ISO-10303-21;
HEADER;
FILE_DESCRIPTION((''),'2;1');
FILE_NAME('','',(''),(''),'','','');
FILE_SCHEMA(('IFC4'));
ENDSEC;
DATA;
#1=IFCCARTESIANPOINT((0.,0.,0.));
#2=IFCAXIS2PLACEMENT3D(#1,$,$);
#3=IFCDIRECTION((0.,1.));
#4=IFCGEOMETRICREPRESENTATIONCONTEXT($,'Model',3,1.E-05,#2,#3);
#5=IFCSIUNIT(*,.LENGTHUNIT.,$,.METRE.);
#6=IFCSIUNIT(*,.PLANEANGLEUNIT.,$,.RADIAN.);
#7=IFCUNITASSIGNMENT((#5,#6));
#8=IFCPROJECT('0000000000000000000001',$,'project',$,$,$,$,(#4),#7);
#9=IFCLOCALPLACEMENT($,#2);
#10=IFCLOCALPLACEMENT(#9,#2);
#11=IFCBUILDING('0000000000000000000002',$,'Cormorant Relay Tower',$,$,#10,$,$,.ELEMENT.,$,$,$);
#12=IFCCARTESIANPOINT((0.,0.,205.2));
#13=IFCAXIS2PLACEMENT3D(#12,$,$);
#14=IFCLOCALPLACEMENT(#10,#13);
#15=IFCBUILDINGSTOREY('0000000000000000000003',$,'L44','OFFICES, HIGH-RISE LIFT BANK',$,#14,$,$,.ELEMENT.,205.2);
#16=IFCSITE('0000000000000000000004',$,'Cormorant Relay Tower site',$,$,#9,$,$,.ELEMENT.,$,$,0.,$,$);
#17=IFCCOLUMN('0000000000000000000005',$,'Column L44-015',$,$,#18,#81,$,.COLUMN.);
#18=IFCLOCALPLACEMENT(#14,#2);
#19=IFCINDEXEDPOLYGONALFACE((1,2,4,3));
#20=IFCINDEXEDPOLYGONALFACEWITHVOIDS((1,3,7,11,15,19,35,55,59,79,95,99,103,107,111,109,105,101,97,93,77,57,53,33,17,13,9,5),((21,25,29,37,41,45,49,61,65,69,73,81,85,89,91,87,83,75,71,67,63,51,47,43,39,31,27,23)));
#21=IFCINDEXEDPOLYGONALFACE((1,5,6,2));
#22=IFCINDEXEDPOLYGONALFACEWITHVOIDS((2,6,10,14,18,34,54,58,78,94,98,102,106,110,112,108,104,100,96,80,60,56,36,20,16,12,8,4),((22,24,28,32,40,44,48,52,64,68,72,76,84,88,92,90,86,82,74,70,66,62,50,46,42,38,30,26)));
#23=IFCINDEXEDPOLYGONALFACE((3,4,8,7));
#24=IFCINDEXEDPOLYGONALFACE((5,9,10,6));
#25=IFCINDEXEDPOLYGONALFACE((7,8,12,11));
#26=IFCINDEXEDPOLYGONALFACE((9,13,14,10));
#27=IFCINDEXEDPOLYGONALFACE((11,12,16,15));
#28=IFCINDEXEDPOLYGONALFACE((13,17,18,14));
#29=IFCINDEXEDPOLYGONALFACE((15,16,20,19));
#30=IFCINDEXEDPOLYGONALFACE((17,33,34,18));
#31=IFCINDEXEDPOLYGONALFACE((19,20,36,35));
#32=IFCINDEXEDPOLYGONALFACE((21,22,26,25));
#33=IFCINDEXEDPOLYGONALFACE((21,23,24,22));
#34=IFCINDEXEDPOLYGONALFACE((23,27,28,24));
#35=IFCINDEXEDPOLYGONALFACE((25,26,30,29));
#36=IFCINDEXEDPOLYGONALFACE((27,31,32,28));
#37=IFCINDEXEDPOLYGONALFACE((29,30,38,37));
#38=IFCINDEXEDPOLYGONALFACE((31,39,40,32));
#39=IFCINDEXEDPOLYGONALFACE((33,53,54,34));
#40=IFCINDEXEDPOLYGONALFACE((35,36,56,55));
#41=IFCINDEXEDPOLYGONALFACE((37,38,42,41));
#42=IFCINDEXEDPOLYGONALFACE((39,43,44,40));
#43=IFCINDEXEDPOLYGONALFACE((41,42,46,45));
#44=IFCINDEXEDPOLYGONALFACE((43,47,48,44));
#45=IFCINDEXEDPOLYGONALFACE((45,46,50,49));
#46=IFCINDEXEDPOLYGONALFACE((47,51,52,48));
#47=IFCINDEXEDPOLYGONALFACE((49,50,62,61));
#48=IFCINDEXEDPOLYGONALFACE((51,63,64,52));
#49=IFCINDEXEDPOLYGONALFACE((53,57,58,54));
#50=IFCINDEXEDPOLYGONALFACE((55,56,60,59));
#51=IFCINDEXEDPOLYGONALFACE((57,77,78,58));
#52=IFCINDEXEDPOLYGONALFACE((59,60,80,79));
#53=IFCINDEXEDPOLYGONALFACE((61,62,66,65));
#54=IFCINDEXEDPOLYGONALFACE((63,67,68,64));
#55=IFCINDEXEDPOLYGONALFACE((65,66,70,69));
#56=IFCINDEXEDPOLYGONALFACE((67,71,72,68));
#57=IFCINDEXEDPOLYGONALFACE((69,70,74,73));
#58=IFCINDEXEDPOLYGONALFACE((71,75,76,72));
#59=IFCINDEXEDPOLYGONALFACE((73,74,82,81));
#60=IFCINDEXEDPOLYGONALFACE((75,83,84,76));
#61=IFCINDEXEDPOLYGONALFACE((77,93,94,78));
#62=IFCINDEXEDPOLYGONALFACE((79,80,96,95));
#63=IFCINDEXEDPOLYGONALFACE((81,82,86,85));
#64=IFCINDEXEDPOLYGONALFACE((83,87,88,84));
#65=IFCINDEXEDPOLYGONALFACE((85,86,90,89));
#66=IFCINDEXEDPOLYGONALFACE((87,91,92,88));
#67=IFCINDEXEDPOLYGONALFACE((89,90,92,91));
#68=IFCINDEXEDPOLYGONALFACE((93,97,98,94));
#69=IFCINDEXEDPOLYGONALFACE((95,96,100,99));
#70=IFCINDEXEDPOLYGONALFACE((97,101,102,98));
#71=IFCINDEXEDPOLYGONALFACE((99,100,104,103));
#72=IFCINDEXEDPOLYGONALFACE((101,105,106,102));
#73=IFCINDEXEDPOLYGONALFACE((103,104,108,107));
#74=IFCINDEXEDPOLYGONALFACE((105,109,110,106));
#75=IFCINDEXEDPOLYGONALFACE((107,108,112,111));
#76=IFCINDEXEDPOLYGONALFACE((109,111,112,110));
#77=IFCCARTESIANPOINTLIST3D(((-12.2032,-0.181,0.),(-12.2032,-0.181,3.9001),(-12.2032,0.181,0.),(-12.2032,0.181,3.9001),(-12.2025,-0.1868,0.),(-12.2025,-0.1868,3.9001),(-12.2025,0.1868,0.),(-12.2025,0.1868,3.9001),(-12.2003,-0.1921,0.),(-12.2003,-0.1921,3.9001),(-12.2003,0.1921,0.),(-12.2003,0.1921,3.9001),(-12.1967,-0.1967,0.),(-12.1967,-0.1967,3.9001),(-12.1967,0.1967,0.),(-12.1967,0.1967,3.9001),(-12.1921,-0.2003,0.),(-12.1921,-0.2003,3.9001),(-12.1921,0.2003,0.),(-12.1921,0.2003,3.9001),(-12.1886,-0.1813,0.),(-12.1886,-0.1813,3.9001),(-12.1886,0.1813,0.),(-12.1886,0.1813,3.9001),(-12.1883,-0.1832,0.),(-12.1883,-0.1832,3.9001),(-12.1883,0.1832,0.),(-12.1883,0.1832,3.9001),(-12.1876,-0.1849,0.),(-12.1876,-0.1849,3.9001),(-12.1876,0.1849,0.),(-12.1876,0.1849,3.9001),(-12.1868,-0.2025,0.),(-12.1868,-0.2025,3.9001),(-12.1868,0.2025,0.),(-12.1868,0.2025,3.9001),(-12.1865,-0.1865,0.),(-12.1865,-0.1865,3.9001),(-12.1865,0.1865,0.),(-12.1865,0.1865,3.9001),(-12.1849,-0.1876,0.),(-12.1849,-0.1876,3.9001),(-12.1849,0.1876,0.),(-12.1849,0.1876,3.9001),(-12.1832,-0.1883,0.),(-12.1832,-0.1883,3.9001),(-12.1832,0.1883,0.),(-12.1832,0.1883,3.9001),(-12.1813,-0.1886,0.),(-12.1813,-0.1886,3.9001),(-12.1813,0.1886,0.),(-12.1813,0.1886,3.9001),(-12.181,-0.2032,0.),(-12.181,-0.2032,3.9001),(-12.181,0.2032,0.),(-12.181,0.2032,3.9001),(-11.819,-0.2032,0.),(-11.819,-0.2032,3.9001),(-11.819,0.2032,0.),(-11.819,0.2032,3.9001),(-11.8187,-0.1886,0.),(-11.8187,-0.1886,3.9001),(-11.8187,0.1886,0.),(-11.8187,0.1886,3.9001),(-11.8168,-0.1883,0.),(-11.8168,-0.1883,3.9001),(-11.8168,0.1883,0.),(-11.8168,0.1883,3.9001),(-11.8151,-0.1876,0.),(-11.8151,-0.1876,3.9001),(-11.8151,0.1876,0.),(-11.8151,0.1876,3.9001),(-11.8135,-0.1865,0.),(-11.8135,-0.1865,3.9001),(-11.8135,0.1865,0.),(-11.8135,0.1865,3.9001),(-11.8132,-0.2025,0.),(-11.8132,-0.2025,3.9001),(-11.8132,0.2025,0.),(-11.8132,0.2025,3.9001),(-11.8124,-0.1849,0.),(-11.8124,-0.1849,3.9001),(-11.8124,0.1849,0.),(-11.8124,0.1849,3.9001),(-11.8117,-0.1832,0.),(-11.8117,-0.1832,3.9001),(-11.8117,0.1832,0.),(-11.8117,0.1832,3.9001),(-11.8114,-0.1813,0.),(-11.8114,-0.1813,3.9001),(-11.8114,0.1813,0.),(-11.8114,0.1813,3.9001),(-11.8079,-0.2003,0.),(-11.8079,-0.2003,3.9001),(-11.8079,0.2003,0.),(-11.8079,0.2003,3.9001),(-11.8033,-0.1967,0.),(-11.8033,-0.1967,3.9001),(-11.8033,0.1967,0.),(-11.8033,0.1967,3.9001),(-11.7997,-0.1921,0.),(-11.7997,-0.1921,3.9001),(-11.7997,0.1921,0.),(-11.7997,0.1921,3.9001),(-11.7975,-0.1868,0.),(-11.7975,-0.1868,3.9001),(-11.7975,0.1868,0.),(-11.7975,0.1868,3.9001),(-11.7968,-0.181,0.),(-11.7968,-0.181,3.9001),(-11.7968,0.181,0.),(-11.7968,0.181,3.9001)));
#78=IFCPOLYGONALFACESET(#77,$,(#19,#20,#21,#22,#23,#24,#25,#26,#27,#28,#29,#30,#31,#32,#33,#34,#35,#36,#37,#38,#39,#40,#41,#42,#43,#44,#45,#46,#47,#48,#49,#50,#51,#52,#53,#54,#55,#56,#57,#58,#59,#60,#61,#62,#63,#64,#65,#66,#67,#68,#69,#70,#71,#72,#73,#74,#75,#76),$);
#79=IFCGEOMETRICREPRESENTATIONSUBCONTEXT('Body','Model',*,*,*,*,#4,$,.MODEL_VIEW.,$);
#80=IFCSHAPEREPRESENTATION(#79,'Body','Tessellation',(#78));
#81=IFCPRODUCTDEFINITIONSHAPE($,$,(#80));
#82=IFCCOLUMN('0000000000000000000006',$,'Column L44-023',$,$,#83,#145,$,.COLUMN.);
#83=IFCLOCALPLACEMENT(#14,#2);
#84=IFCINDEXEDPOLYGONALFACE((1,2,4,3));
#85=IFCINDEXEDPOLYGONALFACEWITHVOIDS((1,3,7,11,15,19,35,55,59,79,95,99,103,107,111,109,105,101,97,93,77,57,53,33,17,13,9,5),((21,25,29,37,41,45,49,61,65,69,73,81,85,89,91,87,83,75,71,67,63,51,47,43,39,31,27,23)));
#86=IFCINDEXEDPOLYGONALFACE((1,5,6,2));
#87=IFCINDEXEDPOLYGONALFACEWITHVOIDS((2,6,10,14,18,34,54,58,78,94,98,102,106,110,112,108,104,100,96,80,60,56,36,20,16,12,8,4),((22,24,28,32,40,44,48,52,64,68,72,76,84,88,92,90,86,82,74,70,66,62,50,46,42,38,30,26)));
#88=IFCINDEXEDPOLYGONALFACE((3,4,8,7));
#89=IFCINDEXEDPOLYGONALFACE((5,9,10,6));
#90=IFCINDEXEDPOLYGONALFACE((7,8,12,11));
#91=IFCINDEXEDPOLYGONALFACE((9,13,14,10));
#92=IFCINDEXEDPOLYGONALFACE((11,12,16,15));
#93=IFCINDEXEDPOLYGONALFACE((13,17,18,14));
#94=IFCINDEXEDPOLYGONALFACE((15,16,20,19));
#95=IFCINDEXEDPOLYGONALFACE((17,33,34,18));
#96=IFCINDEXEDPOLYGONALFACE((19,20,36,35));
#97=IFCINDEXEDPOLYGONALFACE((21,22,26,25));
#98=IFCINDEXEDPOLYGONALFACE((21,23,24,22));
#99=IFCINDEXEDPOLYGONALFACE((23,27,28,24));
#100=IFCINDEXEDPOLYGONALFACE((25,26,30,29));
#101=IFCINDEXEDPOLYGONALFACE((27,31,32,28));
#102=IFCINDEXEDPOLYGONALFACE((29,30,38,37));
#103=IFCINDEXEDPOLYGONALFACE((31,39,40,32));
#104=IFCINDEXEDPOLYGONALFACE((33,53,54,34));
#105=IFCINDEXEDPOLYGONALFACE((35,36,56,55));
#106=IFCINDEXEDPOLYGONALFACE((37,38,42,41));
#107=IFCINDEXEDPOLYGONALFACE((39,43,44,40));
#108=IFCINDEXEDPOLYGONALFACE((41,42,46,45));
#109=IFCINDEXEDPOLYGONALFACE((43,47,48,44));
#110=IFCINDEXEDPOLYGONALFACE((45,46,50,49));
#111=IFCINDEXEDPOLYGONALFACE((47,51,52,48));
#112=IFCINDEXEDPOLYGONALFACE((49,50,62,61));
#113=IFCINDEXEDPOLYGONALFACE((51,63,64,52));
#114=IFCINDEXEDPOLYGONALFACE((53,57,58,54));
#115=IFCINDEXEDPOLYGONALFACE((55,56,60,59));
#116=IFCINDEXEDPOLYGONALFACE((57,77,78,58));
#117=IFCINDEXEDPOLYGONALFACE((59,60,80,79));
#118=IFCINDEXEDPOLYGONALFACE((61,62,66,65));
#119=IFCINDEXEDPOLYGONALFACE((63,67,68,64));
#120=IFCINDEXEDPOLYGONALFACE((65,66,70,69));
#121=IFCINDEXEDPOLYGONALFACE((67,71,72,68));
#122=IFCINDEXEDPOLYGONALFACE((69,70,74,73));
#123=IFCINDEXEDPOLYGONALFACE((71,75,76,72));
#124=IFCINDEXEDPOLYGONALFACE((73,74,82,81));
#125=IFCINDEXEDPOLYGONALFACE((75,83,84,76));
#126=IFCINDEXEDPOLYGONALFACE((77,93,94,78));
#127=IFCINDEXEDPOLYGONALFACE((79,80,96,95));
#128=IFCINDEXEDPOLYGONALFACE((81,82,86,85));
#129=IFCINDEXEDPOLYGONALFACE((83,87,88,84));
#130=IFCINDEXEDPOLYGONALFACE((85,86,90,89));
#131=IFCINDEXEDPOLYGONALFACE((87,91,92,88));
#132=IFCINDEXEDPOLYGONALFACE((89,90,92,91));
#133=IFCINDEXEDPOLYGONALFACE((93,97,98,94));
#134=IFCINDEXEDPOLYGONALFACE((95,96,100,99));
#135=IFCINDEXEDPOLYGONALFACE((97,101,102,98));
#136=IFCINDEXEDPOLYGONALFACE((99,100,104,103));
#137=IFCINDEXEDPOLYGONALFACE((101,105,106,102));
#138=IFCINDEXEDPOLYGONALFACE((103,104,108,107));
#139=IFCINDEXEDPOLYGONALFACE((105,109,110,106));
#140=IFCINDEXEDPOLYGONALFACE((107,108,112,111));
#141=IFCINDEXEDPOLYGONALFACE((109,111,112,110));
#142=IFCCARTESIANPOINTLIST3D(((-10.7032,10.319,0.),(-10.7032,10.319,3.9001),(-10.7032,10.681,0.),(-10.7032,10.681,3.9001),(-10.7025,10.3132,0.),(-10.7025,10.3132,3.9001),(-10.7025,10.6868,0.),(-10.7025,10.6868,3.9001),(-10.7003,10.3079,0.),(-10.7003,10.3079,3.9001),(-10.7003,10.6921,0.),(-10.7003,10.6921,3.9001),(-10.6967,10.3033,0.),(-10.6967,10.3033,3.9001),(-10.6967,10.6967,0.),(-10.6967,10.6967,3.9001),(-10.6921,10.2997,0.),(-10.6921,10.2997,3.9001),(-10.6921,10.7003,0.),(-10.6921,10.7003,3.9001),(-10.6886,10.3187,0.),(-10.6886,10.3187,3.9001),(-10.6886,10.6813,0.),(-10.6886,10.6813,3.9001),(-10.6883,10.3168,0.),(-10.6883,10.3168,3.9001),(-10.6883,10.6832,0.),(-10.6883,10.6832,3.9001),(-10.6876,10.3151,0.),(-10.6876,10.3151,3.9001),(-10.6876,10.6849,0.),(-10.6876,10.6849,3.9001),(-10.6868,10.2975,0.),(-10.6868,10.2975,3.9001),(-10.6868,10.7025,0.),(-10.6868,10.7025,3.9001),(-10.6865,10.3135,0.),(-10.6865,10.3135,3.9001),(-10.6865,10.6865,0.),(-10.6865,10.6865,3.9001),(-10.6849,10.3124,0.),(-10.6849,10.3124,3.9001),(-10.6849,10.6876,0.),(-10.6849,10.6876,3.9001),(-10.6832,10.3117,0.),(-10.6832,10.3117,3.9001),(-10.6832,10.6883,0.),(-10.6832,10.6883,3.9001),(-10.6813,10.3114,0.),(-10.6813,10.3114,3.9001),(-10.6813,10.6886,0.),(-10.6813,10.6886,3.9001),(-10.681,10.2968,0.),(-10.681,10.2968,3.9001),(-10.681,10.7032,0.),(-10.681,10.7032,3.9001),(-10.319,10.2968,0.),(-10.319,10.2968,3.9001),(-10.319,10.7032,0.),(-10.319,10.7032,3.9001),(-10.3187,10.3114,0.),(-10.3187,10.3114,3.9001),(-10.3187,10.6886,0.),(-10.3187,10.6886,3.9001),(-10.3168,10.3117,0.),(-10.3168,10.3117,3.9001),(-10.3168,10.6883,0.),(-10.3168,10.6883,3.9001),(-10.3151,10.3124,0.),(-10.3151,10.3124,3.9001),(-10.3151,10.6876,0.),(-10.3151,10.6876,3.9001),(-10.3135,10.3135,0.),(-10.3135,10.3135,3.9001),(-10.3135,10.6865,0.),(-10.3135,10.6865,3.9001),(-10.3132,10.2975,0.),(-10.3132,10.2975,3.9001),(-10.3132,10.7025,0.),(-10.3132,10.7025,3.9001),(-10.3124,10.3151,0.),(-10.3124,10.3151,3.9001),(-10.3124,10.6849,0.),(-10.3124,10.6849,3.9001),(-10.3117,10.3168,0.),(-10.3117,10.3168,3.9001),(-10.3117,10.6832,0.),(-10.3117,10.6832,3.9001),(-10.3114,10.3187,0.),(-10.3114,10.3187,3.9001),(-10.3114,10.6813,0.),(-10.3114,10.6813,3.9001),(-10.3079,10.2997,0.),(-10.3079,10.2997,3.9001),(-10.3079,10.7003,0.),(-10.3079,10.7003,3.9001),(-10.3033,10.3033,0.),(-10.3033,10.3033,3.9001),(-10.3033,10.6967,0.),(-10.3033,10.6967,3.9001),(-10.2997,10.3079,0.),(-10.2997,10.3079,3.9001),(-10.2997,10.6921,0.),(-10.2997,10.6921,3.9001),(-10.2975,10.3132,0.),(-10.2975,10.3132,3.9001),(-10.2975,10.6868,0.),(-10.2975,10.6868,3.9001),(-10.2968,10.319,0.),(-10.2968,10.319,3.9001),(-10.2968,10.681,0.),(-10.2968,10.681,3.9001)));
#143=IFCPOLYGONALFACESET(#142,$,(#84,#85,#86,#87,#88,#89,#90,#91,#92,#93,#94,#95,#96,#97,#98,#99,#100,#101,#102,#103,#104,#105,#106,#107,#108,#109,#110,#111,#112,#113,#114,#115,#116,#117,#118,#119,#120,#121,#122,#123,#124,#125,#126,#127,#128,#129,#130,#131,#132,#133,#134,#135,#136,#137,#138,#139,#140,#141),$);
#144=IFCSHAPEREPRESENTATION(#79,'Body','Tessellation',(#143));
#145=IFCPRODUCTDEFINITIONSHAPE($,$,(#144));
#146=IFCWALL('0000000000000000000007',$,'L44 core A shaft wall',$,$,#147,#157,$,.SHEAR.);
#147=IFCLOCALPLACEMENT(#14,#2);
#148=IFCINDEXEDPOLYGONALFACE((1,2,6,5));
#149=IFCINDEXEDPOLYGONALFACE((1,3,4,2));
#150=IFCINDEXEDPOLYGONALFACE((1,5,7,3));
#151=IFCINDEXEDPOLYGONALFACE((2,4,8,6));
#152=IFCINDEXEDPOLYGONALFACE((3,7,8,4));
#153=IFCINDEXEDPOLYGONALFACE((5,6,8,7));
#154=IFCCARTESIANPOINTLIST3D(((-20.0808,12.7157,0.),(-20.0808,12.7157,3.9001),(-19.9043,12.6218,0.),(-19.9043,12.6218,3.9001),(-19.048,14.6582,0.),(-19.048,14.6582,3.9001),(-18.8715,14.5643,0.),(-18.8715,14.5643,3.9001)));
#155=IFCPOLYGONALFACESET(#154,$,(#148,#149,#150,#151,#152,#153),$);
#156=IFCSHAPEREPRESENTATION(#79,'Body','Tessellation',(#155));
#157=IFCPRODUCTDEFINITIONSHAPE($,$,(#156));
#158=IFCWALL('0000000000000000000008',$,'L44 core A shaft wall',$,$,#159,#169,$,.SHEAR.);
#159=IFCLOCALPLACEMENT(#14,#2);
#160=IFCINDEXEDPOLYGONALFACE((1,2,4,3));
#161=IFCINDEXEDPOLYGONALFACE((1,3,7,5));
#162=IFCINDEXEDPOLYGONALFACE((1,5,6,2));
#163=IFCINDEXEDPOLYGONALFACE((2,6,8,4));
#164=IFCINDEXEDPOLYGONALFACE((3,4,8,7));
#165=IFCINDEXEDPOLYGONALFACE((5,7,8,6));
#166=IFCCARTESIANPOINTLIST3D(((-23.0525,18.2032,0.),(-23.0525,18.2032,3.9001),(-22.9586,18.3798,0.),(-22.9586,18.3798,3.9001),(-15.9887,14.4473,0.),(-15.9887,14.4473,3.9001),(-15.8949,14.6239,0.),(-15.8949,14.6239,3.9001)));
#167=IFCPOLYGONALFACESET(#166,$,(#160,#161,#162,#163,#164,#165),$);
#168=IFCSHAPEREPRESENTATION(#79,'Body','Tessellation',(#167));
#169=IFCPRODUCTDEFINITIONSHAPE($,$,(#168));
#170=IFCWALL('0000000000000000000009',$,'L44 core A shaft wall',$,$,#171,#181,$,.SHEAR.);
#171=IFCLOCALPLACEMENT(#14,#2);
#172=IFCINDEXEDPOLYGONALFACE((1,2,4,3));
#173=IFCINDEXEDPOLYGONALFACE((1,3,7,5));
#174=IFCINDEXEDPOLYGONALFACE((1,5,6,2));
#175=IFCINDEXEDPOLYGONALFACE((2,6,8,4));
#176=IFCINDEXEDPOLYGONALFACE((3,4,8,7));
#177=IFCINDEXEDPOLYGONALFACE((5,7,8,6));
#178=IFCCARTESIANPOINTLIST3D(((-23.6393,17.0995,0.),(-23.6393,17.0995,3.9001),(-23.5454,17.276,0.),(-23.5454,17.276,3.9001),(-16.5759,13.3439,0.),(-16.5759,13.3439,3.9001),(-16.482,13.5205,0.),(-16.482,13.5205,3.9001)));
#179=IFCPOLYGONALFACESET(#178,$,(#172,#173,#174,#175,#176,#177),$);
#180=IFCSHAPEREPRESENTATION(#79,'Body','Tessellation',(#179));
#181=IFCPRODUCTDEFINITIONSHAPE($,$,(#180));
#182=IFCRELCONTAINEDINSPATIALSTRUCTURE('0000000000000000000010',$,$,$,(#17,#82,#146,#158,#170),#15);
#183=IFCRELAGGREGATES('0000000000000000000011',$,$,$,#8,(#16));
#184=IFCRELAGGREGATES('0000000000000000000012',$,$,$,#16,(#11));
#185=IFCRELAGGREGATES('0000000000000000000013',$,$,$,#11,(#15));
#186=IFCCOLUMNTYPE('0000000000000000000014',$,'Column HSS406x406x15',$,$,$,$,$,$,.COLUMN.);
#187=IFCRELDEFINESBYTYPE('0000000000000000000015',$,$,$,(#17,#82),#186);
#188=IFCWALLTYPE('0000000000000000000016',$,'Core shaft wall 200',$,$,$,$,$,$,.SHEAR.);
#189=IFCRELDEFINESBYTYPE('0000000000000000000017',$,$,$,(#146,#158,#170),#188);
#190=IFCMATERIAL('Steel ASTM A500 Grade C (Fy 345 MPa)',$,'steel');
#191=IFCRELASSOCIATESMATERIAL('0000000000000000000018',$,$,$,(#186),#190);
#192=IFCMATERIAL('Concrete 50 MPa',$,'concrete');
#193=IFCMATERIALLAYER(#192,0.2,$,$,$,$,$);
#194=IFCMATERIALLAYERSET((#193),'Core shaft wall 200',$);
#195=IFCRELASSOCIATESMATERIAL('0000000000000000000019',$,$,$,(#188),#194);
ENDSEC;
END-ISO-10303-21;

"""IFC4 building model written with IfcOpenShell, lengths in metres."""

from ifc_helpers import new_model, si_unit, direction, frame, frame_2d, origin, origin_2d, place, context, subcontext, project, spatial, rectangle, hollow_rectangle, extrude, material, layer, layer_set, material_profile, profile_set, type_object, element, save


model = new_model("IFC4")

# Units and contexts
model_context = context("Model", 3, precision=1e-05, world=origin(), true_north=direction((0.0, 1.0)))
body_context = subcontext(model_context, "Body", "Model", "MODEL_VIEW")
ifc_project = project(units=[si_unit("LENGTHUNIT", "METRE"), si_unit("PLANEANGLEUNIT", "RADIAN")], contexts=[model_context])

# Site, building, storey
site_placement = place(None, origin())
site = spatial("IfcSite", under=ifc_project, at=site_placement, Name="Cormorant Relay Tower site", CompositionType="ELEMENT", RefElevation=0.0)
building_placement = place(site_placement, origin())
building = spatial("IfcBuilding", under=site, at=building_placement, Name="Cormorant Relay Tower", CompositionType="ELEMENT")
storey_placement = place(building_placement, frame((0.0, 0.0, 205.2)))
storey = spatial("IfcBuildingStorey", under=building, at=storey_placement, Name="L44", Description="OFFICES, HIGH-RISE LIFT BANK", CompositionType="ELEMENT", Elevation=205.2)

# Columns
ifc_material_1 = material(Name="Steel ASTM A500 Grade C (Fy 345 MPa)", Category="steel")
ifc_material_profile = material_profile(ifc_material_1, hollow_rectangle(XDim=0.4065, YDim=0.4065, WallThickness=0.0146, InnerFilletRadius=0.0073, OuterFilletRadius=0.0222, at=origin_2d()), Name="HSS406x406x15")
ifc_profile_set = profile_set([ifc_material_profile], Name="Steel ASTM A500 Grade C (Fy 345 MPa)")
column_type = type_object("IfcColumnType", Name="Column HSS406x406x15", PredefinedType="COLUMN", material=ifc_profile_set)
for number, where, z_axis, x_axis, name in (
    (1, (-12.0, 0.0, 0.0), (0.0, 0.0, 1.0), (1.0, 0.0, 0.0), "Column L44-015"),
    (2, (-10.5, 10.5, 0.0), (0.0, 0.0, 1.0), (1.0, 0.0, 0.0), "Column L44-023"),
):
    element("IfcColumn", number, at=place(storey_placement, frame(where, z_axis=z_axis, x_axis=x_axis)), inside=storey, type_object=column_type, Name=name, PredefinedType="COLUMN", context=body_context, shape_type="SweptSolid", body=[
        extrude(hollow_rectangle(XDim=0.4065, YDim=0.4065, WallThickness=0.0146, InnerFilletRadius=0.0073, OuterFilletRadius=0.0222, at=origin_2d()), origin(), (0.0, 0.0, 1.0), 3.9001),
    ])

# Walls
ifc_material_2 = material(Name="Concrete 50 MPa", Category="concrete")
ifc_layer_1 = layer(ifc_material_2, 0.2)
ifc_layer_set_1 = layer_set([ifc_layer_1], Name="Core shaft wall 200")
wall_type_1 = type_object("IfcWallType", Name="Core shaft wall 200", PredefinedType="SHEAR", material=ifc_layer_set_1)
wall_1_placement = place(storey_placement, frame((-18.9597, 14.6113, 0.0), z_axis=(0.0, 0.0, 1.0), x_axis=(-0.469447, -0.88296, 0.0)))
element("IfcWall", 3, at=wall_1_placement, inside=storey, type_object=wall_type_1, Name="L44 core A shaft wall", PredefinedType="SHEAR", context=body_context, shape_type="SweptSolid", body=[
    extrude(rectangle(XDim=2.2, YDim=0.2, at=frame_2d((1.1001, 0.0))), origin(), (0.0, 0.0, 1.0), 3.9001),
])
wall_2_placement = place(storey_placement, frame((-15.9419, 14.5356, 0.0), z_axis=(0.0, 0.0, 1.0), x_axis=(-0.882947, 0.469473, 0.0)))
element("IfcWall", 4, at=wall_2_placement, inside=storey, type_object=wall_type_1, Name="L44 core A shaft wall", PredefinedType="SHEAR", context=body_context, shape_type="SweptSolid", body=[
    extrude(rectangle(XDim=8.0002, YDim=0.2, at=frame_2d((4.0, 0.0))), origin(), (0.0, 0.0, 1.0), 3.9001),
])
wall_3_placement = place(storey_placement, frame((-16.5288, 13.4321, 0.0), z_axis=(0.0, 0.0, 1.0), x_axis=(-0.882953, 0.469462, 0.0)))
element("IfcWall", 5, at=wall_3_placement, inside=storey, type_object=wall_type_1, Name="L44 core A shaft wall", PredefinedType="SHEAR", context=body_context, shape_type="SweptSolid", body=[
    extrude(rectangle(XDim=7.9998, YDim=0.2, at=frame_2d((4.0, 0.0))), origin(), (0.0, 0.0, 1.0), 3.9001),
])

save(model, "model.ifc")
